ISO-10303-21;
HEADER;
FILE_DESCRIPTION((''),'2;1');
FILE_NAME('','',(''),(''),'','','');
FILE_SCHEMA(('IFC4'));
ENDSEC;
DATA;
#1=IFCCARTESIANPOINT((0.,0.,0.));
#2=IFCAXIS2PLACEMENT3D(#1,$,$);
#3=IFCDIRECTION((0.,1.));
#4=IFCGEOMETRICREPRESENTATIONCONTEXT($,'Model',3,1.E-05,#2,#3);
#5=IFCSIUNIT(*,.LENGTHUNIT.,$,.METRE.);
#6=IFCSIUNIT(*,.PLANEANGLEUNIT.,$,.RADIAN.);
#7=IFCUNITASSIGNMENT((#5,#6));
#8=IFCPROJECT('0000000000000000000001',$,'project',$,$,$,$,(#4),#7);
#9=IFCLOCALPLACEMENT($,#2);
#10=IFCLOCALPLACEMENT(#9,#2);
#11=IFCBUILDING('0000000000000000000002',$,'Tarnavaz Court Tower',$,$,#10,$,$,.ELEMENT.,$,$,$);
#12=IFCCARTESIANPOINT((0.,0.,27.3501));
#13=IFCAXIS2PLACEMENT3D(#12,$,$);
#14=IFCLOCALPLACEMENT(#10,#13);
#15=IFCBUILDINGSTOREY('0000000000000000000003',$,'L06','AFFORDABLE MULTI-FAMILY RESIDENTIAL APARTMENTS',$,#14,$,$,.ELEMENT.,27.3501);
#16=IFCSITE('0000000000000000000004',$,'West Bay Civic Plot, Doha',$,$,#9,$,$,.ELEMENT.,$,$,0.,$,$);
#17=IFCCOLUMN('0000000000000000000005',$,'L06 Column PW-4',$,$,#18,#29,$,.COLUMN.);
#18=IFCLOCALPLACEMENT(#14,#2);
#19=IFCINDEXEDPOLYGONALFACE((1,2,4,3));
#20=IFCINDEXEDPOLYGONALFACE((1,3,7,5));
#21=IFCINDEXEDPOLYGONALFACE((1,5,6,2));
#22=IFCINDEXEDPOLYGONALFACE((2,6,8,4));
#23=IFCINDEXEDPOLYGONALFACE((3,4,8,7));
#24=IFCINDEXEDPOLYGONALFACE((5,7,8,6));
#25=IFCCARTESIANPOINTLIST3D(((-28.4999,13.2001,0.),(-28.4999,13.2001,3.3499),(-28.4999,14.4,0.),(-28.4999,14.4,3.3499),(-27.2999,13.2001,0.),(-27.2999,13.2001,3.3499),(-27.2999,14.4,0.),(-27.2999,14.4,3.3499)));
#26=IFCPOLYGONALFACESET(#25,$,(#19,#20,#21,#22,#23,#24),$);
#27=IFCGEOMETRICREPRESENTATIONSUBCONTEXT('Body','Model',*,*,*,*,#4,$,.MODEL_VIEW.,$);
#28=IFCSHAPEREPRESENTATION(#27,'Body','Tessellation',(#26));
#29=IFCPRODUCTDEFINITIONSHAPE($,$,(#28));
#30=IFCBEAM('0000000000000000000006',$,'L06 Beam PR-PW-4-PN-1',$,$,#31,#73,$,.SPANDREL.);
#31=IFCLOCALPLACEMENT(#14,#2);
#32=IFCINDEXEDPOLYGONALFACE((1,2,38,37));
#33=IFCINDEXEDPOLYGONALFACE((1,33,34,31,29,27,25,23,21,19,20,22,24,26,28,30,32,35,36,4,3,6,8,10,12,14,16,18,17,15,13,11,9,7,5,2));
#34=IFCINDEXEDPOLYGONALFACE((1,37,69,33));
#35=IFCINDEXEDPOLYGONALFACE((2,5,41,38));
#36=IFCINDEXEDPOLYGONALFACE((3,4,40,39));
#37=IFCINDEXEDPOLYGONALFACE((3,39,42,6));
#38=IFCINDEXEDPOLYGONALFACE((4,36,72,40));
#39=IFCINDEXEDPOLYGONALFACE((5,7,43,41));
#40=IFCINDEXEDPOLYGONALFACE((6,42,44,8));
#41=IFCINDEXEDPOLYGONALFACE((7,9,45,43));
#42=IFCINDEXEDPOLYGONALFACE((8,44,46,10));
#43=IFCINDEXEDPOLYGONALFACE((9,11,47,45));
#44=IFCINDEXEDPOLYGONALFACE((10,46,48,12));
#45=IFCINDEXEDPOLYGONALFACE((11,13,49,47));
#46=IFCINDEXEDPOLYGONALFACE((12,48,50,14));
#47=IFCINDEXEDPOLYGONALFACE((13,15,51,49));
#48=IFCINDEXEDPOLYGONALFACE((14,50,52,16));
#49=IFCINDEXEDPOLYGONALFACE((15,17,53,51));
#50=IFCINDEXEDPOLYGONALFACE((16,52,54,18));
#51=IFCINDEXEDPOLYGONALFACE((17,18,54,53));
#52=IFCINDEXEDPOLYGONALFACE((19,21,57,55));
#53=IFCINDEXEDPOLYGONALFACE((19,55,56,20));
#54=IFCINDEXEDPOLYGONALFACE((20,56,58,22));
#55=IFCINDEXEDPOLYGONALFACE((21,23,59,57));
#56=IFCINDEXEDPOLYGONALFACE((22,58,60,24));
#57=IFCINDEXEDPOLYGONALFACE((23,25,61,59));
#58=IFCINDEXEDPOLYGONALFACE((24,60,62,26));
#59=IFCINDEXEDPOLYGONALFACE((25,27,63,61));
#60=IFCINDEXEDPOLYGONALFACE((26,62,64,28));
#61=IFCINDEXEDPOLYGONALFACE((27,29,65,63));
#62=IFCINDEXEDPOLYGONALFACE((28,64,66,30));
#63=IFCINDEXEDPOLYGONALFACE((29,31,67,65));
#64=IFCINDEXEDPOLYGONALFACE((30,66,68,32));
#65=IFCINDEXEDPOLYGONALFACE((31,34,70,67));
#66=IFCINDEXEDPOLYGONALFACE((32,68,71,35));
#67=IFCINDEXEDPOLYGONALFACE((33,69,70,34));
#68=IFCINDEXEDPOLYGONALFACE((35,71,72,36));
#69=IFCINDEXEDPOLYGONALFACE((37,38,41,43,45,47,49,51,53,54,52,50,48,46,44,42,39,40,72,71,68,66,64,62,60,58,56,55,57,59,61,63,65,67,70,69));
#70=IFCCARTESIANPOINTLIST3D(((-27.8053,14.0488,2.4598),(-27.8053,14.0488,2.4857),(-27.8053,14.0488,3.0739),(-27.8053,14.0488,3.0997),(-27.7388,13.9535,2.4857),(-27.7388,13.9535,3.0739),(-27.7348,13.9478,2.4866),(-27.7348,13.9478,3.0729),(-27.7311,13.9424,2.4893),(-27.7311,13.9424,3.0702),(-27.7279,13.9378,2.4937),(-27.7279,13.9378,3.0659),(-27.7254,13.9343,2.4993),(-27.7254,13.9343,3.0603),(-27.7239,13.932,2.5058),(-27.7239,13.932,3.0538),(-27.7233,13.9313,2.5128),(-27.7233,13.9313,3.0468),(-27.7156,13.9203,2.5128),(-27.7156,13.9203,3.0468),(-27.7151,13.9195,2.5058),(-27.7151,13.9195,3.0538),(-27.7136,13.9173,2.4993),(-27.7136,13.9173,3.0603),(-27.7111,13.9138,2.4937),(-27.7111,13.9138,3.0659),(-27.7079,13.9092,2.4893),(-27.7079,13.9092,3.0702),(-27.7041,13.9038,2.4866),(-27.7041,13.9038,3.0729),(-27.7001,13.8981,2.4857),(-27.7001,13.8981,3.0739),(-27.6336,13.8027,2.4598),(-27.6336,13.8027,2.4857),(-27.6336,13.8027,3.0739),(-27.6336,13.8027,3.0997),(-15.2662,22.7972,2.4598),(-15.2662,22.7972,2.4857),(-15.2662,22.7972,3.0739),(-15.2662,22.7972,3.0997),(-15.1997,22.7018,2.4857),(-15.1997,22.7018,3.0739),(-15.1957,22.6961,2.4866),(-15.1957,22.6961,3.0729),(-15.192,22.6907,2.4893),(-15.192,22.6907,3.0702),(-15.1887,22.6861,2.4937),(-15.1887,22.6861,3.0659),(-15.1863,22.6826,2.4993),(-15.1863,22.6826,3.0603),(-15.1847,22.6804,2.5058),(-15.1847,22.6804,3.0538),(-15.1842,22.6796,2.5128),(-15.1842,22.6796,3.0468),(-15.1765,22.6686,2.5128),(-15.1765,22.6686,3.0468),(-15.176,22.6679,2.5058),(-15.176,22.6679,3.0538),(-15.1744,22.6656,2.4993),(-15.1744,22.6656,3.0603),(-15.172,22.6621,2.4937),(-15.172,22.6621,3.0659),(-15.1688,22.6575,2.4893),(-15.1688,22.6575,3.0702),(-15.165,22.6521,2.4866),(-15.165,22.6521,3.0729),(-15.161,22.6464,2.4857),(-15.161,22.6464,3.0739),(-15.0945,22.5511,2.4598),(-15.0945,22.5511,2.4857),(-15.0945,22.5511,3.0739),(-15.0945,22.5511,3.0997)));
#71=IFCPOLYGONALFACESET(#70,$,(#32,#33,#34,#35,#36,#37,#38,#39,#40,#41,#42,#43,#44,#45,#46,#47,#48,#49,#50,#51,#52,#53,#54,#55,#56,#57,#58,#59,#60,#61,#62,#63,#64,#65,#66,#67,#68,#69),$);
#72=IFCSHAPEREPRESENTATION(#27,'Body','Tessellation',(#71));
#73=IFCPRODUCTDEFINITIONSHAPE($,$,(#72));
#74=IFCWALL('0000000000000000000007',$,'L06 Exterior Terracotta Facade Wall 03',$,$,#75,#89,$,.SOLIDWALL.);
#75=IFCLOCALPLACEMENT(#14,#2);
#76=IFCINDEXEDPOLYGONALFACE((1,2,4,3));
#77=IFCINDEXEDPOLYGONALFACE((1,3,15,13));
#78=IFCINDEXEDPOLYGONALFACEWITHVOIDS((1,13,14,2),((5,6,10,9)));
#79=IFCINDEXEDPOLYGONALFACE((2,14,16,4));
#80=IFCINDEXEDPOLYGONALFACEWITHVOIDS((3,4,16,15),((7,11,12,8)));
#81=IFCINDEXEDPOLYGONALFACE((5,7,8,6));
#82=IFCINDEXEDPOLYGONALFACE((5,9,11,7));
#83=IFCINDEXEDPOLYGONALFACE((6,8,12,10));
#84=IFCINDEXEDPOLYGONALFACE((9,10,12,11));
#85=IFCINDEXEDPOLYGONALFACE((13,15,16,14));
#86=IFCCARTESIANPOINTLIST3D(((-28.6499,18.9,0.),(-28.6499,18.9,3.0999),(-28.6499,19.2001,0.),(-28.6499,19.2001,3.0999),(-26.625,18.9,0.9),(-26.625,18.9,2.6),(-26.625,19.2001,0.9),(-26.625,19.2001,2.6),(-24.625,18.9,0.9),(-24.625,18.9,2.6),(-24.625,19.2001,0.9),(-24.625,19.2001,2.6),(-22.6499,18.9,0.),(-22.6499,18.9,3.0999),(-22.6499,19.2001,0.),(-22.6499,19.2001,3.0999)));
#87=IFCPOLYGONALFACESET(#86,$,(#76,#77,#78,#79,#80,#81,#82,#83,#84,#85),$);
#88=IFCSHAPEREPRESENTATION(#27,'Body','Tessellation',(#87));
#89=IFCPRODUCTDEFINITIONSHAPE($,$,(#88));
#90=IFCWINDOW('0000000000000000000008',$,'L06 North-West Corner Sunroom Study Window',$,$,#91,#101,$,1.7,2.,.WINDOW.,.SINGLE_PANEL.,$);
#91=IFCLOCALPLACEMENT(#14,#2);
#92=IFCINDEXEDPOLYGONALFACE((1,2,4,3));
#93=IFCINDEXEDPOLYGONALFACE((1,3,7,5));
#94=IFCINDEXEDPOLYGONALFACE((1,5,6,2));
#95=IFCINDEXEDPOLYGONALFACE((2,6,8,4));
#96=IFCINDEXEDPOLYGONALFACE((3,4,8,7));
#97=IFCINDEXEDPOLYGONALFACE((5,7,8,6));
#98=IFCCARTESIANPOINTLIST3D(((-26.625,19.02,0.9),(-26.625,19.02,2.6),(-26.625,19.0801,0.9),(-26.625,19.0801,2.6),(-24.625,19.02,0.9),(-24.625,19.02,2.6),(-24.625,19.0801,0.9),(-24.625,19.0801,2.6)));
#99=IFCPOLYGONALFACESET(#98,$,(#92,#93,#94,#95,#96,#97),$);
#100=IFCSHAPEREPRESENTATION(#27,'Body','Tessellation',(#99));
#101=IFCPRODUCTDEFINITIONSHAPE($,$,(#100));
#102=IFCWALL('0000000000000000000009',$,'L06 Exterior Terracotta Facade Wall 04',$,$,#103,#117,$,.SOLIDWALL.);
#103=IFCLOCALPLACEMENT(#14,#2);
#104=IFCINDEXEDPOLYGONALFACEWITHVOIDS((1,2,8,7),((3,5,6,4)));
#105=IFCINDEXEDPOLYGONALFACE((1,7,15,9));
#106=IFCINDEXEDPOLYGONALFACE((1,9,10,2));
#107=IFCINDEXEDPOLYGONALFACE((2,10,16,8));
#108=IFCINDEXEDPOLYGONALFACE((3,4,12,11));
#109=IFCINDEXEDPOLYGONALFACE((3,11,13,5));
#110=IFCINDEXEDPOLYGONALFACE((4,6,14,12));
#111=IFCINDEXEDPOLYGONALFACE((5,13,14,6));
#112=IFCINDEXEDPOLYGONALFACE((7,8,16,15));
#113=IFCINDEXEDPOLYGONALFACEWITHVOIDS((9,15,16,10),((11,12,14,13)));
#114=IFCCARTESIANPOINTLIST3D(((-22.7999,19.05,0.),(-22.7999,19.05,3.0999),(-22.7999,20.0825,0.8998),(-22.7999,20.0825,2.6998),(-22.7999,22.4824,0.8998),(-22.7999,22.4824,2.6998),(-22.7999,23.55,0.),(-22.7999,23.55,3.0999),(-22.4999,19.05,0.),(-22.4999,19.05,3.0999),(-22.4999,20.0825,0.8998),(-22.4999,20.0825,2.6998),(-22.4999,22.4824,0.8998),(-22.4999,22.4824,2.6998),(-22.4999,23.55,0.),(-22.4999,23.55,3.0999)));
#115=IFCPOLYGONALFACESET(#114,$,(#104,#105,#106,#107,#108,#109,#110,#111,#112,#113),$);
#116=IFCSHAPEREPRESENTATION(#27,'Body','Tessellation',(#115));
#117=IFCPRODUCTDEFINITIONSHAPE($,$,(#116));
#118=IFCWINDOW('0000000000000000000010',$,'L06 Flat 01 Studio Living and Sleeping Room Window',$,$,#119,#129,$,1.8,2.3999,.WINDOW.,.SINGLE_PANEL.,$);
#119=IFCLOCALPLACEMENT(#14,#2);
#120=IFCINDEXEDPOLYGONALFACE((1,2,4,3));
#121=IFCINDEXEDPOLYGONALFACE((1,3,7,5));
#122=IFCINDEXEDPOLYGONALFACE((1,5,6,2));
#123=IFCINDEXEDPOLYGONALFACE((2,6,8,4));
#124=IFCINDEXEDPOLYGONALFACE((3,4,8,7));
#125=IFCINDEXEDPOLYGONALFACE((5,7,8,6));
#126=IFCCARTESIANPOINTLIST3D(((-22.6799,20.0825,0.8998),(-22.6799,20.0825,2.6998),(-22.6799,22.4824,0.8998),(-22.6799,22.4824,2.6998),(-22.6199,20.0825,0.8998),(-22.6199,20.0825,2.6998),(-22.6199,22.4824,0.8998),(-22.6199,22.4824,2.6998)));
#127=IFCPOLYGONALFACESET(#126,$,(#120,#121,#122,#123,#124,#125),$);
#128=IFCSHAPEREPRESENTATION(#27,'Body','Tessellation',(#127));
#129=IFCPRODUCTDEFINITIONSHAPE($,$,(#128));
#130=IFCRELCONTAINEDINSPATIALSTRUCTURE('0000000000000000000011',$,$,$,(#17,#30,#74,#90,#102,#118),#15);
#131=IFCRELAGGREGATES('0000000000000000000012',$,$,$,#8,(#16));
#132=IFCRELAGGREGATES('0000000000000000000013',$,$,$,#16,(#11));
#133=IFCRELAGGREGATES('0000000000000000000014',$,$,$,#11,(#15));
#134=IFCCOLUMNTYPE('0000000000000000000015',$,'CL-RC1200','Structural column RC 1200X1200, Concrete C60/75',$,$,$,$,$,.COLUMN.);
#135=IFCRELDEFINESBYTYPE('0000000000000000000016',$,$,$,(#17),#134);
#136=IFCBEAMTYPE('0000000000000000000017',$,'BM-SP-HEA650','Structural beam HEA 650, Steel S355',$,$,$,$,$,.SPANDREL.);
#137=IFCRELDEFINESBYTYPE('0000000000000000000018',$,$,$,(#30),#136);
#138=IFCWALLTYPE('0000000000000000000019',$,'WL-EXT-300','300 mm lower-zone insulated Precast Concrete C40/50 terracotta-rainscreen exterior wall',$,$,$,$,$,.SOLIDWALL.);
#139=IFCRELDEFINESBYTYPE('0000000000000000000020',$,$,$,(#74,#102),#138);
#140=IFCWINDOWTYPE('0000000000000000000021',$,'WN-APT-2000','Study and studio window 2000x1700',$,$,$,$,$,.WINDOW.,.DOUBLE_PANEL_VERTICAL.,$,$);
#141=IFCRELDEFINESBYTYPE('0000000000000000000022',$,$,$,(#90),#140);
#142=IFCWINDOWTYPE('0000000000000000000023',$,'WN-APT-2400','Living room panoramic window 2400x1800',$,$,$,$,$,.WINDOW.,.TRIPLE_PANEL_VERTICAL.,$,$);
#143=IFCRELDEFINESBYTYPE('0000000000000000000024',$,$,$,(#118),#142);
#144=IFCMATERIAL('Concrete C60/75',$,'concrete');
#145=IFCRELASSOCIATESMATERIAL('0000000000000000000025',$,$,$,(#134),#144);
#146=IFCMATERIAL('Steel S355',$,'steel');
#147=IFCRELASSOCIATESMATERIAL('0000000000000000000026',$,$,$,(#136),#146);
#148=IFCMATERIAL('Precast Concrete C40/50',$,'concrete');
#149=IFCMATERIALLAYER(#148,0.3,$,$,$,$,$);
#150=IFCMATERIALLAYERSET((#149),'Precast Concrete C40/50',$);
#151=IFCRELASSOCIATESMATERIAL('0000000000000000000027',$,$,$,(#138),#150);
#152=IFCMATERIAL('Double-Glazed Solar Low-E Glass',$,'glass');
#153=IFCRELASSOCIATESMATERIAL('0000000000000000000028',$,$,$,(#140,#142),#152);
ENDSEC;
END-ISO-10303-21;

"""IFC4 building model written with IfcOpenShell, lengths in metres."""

from ifc_helpers import new_model, si_unit, direction, frame, frame_2d, origin, origin_2d, place, context, subcontext, project, spatial, rectangle, i_section, extrude, material, layer, layer_set, material_profile, profile_set, type_object, element, fill, save


model = new_model("IFC4")

# Units and contexts
model_context = context("Model", 3, precision=1e-05, world=origin(), true_north=direction((0.0, 1.0)))
body_context = subcontext(model_context, "Body", "Model", "MODEL_VIEW")
ifc_project = project(units=[si_unit("LENGTHUNIT", "METRE"), si_unit("PLANEANGLEUNIT", "RADIAN")], contexts=[model_context])

# Site, building, storey
site_placement = place(None, origin())
site = spatial("IfcSite", under=ifc_project, at=site_placement, Name="West Bay Civic Plot, Doha", CompositionType="ELEMENT", RefElevation=0.0)
building_placement = place(site_placement, origin())
building = spatial("IfcBuilding", under=site, at=building_placement, Name="Tarnavaz Court Tower", CompositionType="ELEMENT")
storey_placement = place(building_placement, frame((0.0, 0.0, 27.3501)))
storey = spatial("IfcBuildingStorey", under=building, at=storey_placement, Name="L06", Description="AFFORDABLE MULTI-FAMILY RESIDENTIAL APARTMENTS", CompositionType="ELEMENT", Elevation=27.3501)

# Column
ifc_material_1 = material(Name="Concrete C60/75", Category="concrete")
ifc_material_profile_1 = material_profile(ifc_material_1, rectangle(XDim=1.2, YDim=1.2, at=origin_2d()), Name="RC 1200X1200")
ifc_profile_set_1 = profile_set([ifc_material_profile_1], Name="Concrete C60/75")
column_type = type_object("IfcColumnType", Name="CL-RC1200", Description="Structural column RC 1200X1200, Concrete C60/75", PredefinedType="COLUMN", material=ifc_profile_set_1)
column_placement = place(storey_placement, frame((-27.8999, 13.8, 0.0), z_axis=(0.0, 0.0, 1.0), x_axis=(1.0, 0.0, 0.0)))
element("IfcColumn", 1, at=column_placement, inside=storey, type_object=column_type, Name="L06 Column PW-4", PredefinedType="COLUMN", context=body_context, shape_type="SweptSolid", body=[
    extrude(rectangle(XDim=1.2, YDim=1.2, at=origin_2d()), origin(), (0.0, 0.0, 1.0), 3.3499),
])

# Beam
ifc_material_2 = material(Name="Steel S355", Category="steel")
ifc_material_profile_2 = material_profile(ifc_material_2, i_section(OverallWidth=0.3, OverallDepth=0.6399, WebThickness=0.0134, FlangeThickness=0.0259, FilletRadius=0.0271, at=origin_2d()), Name="HEA 650")
ifc_profile_set_2 = profile_set([ifc_material_profile_2], Name="Steel S355")
beam_type = type_object("IfcBeamType", Name="BM-SP-HEA650", Description="Structural beam HEA 650, Steel S355", PredefinedType="SPANDREL", material=ifc_profile_set_2)
beam_placement = place(storey_placement, frame((-27.7195, 13.9258, 2.7798), z_axis=(0.820124, 0.572186, 0.0), x_axis=(-0.572186, 0.820124, 0.0)))
element("IfcBeam", 2, at=beam_placement, inside=storey, type_object=beam_type, Name="L06 Beam PR-PW-4-PN-1", PredefinedType="SPANDREL", context=body_context, shape_type="SweptSolid", body=[
    extrude(i_section(OverallWidth=0.3, OverallDepth=0.6399, WebThickness=0.0134, FlangeThickness=0.0259, FilletRadius=0.0271, at=origin_2d()), origin(), (0.0, 0.0, 1.0), 15.2893),
])

# Walls, openings, windows
ifc_material_3 = material(Name="Precast Concrete C40/50", Category="concrete")
ifc_layer_1 = layer(ifc_material_3, 0.3)
ifc_layer_set_1 = layer_set([ifc_layer_1], Name="Precast Concrete C40/50")
wall_type_1 = type_object("IfcWallType", Name="WL-EXT-300", Description="300 mm lower-zone insulated Precast Concrete C40/50 terracotta-rainscreen exterior wall", PredefinedType="SOLIDWALL", material=ifc_layer_set_1)
wall_1_placement = place(storey_placement, frame((-28.6499, 19.05, 0.0), z_axis=(0.0, 0.0, 1.0), x_axis=(1.0, 0.0, 0.0)))
wall_1 = element("IfcWall", 3, at=wall_1_placement, inside=storey, type_object=wall_type_1, Name="L06 Exterior Terracotta Facade Wall 03", PredefinedType="SOLIDWALL", context=body_context, shape_type="SweptSolid", body=[
    extrude(rectangle(XDim=6.0, YDim=0.3, at=frame_2d((3.0, 0.0))), origin(), (0.0, 0.0, 1.0), 3.0999),
])
opening_1_placement = place(wall_1_placement, frame((2.0249, 0.0, 0.8999)))
opening_1 = element("IfcOpeningElement", 4, at=opening_1_placement, cuts=wall_1, PredefinedType="OPENING", context=body_context, shape_type="SweptSolid", body=[
    extrude(rectangle(XDim=2.0, YDim=1.7, at=frame_2d((1.0, 0.8501))), frame((0.0, 0.1599, 0.0), z_axis=(0.0, -1.0, 0.0), x_axis=(1.0, 0.0, 0.0)), (0.0, 0.0, 1.0), 0.3201),
])
ifc_material_4 = material(Name="Double-Glazed Solar Low-E Glass", Category="glass")
window_type_1 = type_object("IfcWindowType", Name="WN-APT-2000", Description="Study and studio window 2000x1700", PartitioningType="DOUBLE_PANEL_VERTICAL", PredefinedType="WINDOW", material=ifc_material_4)
window_1_placement = place(opening_1_placement, origin())
window_1 = element("IfcWindow", 5, at=window_1_placement, inside=storey, type_object=window_type_1, Name="L06 North-West Corner Sunroom Study Window", OverallHeight=1.7, OverallWidth=2.0, PartitioningType="SINGLE_PANEL", PredefinedType="WINDOW", context=body_context, shape_type="SweptSolid", body=[
    extrude(rectangle(XDim=2.0, YDim=1.7, at=frame_2d((1.0, 0.8501))), frame((0.0, 0.03, 0.0), z_axis=(0.0, -1.0, 0.0), x_axis=(1.0, 0.0, 0.0)), (0.0, 0.0, 1.0), 0.0601),
])
fill(opening_1, window_1)
wall_2_placement = place(storey_placement, frame((-22.6499, 19.05, 0.0), z_axis=(0.0, 0.0, 1.0), x_axis=(0.0, 1.0, 0.0)))
wall_2 = element("IfcWall", 6, at=wall_2_placement, inside=storey, type_object=wall_type_1, Name="L06 Exterior Terracotta Facade Wall 04", PredefinedType="SOLIDWALL", context=body_context, shape_type="SweptSolid", body=[
    extrude(rectangle(XDim=4.5, YDim=0.3, at=frame_2d((2.25, 0.0))), origin(), (0.0, 0.0, 1.0), 3.0999),
])
opening_2_placement = place(wall_2_placement, frame((1.0325, 0.0, 0.8999)))
opening_2 = element("IfcOpeningElement", 7, at=opening_2_placement, cuts=wall_2, PredefinedType="OPENING", context=body_context, shape_type="SweptSolid", body=[
    extrude(rectangle(XDim=2.3999, YDim=1.8, at=frame_2d((1.2, 0.8999))), frame((0.0, 0.1599, 0.0), z_axis=(0.0, -1.0, 0.0), x_axis=(1.0, 0.0, 0.0)), (0.0, 0.0, 1.0), 0.3201),
])
window_type_2 = type_object("IfcWindowType", Name="WN-APT-2400", Description="Living room panoramic window 2400x1800", PartitioningType="TRIPLE_PANEL_VERTICAL", PredefinedType="WINDOW", material=ifc_material_4)
window_2_placement = place(opening_2_placement, origin())
window_2 = element("IfcWindow", 8, at=window_2_placement, inside=storey, type_object=window_type_2, Name="L06 Flat 01 Studio Living and Sleeping Room Window", OverallHeight=1.8, OverallWidth=2.3999, PartitioningType="SINGLE_PANEL", PredefinedType="WINDOW", context=body_context, shape_type="SweptSolid", body=[
    extrude(rectangle(XDim=2.3999, YDim=1.8, at=frame_2d((1.2, 0.8999))), frame((0.0, 0.03, 0.0), z_axis=(0.0, -1.0, 0.0), x_axis=(1.0, 0.0, 0.0)), (0.0, 0.0, 1.0), 0.0601),
])
fill(opening_2, window_2)

save(model, "model.ifc")
